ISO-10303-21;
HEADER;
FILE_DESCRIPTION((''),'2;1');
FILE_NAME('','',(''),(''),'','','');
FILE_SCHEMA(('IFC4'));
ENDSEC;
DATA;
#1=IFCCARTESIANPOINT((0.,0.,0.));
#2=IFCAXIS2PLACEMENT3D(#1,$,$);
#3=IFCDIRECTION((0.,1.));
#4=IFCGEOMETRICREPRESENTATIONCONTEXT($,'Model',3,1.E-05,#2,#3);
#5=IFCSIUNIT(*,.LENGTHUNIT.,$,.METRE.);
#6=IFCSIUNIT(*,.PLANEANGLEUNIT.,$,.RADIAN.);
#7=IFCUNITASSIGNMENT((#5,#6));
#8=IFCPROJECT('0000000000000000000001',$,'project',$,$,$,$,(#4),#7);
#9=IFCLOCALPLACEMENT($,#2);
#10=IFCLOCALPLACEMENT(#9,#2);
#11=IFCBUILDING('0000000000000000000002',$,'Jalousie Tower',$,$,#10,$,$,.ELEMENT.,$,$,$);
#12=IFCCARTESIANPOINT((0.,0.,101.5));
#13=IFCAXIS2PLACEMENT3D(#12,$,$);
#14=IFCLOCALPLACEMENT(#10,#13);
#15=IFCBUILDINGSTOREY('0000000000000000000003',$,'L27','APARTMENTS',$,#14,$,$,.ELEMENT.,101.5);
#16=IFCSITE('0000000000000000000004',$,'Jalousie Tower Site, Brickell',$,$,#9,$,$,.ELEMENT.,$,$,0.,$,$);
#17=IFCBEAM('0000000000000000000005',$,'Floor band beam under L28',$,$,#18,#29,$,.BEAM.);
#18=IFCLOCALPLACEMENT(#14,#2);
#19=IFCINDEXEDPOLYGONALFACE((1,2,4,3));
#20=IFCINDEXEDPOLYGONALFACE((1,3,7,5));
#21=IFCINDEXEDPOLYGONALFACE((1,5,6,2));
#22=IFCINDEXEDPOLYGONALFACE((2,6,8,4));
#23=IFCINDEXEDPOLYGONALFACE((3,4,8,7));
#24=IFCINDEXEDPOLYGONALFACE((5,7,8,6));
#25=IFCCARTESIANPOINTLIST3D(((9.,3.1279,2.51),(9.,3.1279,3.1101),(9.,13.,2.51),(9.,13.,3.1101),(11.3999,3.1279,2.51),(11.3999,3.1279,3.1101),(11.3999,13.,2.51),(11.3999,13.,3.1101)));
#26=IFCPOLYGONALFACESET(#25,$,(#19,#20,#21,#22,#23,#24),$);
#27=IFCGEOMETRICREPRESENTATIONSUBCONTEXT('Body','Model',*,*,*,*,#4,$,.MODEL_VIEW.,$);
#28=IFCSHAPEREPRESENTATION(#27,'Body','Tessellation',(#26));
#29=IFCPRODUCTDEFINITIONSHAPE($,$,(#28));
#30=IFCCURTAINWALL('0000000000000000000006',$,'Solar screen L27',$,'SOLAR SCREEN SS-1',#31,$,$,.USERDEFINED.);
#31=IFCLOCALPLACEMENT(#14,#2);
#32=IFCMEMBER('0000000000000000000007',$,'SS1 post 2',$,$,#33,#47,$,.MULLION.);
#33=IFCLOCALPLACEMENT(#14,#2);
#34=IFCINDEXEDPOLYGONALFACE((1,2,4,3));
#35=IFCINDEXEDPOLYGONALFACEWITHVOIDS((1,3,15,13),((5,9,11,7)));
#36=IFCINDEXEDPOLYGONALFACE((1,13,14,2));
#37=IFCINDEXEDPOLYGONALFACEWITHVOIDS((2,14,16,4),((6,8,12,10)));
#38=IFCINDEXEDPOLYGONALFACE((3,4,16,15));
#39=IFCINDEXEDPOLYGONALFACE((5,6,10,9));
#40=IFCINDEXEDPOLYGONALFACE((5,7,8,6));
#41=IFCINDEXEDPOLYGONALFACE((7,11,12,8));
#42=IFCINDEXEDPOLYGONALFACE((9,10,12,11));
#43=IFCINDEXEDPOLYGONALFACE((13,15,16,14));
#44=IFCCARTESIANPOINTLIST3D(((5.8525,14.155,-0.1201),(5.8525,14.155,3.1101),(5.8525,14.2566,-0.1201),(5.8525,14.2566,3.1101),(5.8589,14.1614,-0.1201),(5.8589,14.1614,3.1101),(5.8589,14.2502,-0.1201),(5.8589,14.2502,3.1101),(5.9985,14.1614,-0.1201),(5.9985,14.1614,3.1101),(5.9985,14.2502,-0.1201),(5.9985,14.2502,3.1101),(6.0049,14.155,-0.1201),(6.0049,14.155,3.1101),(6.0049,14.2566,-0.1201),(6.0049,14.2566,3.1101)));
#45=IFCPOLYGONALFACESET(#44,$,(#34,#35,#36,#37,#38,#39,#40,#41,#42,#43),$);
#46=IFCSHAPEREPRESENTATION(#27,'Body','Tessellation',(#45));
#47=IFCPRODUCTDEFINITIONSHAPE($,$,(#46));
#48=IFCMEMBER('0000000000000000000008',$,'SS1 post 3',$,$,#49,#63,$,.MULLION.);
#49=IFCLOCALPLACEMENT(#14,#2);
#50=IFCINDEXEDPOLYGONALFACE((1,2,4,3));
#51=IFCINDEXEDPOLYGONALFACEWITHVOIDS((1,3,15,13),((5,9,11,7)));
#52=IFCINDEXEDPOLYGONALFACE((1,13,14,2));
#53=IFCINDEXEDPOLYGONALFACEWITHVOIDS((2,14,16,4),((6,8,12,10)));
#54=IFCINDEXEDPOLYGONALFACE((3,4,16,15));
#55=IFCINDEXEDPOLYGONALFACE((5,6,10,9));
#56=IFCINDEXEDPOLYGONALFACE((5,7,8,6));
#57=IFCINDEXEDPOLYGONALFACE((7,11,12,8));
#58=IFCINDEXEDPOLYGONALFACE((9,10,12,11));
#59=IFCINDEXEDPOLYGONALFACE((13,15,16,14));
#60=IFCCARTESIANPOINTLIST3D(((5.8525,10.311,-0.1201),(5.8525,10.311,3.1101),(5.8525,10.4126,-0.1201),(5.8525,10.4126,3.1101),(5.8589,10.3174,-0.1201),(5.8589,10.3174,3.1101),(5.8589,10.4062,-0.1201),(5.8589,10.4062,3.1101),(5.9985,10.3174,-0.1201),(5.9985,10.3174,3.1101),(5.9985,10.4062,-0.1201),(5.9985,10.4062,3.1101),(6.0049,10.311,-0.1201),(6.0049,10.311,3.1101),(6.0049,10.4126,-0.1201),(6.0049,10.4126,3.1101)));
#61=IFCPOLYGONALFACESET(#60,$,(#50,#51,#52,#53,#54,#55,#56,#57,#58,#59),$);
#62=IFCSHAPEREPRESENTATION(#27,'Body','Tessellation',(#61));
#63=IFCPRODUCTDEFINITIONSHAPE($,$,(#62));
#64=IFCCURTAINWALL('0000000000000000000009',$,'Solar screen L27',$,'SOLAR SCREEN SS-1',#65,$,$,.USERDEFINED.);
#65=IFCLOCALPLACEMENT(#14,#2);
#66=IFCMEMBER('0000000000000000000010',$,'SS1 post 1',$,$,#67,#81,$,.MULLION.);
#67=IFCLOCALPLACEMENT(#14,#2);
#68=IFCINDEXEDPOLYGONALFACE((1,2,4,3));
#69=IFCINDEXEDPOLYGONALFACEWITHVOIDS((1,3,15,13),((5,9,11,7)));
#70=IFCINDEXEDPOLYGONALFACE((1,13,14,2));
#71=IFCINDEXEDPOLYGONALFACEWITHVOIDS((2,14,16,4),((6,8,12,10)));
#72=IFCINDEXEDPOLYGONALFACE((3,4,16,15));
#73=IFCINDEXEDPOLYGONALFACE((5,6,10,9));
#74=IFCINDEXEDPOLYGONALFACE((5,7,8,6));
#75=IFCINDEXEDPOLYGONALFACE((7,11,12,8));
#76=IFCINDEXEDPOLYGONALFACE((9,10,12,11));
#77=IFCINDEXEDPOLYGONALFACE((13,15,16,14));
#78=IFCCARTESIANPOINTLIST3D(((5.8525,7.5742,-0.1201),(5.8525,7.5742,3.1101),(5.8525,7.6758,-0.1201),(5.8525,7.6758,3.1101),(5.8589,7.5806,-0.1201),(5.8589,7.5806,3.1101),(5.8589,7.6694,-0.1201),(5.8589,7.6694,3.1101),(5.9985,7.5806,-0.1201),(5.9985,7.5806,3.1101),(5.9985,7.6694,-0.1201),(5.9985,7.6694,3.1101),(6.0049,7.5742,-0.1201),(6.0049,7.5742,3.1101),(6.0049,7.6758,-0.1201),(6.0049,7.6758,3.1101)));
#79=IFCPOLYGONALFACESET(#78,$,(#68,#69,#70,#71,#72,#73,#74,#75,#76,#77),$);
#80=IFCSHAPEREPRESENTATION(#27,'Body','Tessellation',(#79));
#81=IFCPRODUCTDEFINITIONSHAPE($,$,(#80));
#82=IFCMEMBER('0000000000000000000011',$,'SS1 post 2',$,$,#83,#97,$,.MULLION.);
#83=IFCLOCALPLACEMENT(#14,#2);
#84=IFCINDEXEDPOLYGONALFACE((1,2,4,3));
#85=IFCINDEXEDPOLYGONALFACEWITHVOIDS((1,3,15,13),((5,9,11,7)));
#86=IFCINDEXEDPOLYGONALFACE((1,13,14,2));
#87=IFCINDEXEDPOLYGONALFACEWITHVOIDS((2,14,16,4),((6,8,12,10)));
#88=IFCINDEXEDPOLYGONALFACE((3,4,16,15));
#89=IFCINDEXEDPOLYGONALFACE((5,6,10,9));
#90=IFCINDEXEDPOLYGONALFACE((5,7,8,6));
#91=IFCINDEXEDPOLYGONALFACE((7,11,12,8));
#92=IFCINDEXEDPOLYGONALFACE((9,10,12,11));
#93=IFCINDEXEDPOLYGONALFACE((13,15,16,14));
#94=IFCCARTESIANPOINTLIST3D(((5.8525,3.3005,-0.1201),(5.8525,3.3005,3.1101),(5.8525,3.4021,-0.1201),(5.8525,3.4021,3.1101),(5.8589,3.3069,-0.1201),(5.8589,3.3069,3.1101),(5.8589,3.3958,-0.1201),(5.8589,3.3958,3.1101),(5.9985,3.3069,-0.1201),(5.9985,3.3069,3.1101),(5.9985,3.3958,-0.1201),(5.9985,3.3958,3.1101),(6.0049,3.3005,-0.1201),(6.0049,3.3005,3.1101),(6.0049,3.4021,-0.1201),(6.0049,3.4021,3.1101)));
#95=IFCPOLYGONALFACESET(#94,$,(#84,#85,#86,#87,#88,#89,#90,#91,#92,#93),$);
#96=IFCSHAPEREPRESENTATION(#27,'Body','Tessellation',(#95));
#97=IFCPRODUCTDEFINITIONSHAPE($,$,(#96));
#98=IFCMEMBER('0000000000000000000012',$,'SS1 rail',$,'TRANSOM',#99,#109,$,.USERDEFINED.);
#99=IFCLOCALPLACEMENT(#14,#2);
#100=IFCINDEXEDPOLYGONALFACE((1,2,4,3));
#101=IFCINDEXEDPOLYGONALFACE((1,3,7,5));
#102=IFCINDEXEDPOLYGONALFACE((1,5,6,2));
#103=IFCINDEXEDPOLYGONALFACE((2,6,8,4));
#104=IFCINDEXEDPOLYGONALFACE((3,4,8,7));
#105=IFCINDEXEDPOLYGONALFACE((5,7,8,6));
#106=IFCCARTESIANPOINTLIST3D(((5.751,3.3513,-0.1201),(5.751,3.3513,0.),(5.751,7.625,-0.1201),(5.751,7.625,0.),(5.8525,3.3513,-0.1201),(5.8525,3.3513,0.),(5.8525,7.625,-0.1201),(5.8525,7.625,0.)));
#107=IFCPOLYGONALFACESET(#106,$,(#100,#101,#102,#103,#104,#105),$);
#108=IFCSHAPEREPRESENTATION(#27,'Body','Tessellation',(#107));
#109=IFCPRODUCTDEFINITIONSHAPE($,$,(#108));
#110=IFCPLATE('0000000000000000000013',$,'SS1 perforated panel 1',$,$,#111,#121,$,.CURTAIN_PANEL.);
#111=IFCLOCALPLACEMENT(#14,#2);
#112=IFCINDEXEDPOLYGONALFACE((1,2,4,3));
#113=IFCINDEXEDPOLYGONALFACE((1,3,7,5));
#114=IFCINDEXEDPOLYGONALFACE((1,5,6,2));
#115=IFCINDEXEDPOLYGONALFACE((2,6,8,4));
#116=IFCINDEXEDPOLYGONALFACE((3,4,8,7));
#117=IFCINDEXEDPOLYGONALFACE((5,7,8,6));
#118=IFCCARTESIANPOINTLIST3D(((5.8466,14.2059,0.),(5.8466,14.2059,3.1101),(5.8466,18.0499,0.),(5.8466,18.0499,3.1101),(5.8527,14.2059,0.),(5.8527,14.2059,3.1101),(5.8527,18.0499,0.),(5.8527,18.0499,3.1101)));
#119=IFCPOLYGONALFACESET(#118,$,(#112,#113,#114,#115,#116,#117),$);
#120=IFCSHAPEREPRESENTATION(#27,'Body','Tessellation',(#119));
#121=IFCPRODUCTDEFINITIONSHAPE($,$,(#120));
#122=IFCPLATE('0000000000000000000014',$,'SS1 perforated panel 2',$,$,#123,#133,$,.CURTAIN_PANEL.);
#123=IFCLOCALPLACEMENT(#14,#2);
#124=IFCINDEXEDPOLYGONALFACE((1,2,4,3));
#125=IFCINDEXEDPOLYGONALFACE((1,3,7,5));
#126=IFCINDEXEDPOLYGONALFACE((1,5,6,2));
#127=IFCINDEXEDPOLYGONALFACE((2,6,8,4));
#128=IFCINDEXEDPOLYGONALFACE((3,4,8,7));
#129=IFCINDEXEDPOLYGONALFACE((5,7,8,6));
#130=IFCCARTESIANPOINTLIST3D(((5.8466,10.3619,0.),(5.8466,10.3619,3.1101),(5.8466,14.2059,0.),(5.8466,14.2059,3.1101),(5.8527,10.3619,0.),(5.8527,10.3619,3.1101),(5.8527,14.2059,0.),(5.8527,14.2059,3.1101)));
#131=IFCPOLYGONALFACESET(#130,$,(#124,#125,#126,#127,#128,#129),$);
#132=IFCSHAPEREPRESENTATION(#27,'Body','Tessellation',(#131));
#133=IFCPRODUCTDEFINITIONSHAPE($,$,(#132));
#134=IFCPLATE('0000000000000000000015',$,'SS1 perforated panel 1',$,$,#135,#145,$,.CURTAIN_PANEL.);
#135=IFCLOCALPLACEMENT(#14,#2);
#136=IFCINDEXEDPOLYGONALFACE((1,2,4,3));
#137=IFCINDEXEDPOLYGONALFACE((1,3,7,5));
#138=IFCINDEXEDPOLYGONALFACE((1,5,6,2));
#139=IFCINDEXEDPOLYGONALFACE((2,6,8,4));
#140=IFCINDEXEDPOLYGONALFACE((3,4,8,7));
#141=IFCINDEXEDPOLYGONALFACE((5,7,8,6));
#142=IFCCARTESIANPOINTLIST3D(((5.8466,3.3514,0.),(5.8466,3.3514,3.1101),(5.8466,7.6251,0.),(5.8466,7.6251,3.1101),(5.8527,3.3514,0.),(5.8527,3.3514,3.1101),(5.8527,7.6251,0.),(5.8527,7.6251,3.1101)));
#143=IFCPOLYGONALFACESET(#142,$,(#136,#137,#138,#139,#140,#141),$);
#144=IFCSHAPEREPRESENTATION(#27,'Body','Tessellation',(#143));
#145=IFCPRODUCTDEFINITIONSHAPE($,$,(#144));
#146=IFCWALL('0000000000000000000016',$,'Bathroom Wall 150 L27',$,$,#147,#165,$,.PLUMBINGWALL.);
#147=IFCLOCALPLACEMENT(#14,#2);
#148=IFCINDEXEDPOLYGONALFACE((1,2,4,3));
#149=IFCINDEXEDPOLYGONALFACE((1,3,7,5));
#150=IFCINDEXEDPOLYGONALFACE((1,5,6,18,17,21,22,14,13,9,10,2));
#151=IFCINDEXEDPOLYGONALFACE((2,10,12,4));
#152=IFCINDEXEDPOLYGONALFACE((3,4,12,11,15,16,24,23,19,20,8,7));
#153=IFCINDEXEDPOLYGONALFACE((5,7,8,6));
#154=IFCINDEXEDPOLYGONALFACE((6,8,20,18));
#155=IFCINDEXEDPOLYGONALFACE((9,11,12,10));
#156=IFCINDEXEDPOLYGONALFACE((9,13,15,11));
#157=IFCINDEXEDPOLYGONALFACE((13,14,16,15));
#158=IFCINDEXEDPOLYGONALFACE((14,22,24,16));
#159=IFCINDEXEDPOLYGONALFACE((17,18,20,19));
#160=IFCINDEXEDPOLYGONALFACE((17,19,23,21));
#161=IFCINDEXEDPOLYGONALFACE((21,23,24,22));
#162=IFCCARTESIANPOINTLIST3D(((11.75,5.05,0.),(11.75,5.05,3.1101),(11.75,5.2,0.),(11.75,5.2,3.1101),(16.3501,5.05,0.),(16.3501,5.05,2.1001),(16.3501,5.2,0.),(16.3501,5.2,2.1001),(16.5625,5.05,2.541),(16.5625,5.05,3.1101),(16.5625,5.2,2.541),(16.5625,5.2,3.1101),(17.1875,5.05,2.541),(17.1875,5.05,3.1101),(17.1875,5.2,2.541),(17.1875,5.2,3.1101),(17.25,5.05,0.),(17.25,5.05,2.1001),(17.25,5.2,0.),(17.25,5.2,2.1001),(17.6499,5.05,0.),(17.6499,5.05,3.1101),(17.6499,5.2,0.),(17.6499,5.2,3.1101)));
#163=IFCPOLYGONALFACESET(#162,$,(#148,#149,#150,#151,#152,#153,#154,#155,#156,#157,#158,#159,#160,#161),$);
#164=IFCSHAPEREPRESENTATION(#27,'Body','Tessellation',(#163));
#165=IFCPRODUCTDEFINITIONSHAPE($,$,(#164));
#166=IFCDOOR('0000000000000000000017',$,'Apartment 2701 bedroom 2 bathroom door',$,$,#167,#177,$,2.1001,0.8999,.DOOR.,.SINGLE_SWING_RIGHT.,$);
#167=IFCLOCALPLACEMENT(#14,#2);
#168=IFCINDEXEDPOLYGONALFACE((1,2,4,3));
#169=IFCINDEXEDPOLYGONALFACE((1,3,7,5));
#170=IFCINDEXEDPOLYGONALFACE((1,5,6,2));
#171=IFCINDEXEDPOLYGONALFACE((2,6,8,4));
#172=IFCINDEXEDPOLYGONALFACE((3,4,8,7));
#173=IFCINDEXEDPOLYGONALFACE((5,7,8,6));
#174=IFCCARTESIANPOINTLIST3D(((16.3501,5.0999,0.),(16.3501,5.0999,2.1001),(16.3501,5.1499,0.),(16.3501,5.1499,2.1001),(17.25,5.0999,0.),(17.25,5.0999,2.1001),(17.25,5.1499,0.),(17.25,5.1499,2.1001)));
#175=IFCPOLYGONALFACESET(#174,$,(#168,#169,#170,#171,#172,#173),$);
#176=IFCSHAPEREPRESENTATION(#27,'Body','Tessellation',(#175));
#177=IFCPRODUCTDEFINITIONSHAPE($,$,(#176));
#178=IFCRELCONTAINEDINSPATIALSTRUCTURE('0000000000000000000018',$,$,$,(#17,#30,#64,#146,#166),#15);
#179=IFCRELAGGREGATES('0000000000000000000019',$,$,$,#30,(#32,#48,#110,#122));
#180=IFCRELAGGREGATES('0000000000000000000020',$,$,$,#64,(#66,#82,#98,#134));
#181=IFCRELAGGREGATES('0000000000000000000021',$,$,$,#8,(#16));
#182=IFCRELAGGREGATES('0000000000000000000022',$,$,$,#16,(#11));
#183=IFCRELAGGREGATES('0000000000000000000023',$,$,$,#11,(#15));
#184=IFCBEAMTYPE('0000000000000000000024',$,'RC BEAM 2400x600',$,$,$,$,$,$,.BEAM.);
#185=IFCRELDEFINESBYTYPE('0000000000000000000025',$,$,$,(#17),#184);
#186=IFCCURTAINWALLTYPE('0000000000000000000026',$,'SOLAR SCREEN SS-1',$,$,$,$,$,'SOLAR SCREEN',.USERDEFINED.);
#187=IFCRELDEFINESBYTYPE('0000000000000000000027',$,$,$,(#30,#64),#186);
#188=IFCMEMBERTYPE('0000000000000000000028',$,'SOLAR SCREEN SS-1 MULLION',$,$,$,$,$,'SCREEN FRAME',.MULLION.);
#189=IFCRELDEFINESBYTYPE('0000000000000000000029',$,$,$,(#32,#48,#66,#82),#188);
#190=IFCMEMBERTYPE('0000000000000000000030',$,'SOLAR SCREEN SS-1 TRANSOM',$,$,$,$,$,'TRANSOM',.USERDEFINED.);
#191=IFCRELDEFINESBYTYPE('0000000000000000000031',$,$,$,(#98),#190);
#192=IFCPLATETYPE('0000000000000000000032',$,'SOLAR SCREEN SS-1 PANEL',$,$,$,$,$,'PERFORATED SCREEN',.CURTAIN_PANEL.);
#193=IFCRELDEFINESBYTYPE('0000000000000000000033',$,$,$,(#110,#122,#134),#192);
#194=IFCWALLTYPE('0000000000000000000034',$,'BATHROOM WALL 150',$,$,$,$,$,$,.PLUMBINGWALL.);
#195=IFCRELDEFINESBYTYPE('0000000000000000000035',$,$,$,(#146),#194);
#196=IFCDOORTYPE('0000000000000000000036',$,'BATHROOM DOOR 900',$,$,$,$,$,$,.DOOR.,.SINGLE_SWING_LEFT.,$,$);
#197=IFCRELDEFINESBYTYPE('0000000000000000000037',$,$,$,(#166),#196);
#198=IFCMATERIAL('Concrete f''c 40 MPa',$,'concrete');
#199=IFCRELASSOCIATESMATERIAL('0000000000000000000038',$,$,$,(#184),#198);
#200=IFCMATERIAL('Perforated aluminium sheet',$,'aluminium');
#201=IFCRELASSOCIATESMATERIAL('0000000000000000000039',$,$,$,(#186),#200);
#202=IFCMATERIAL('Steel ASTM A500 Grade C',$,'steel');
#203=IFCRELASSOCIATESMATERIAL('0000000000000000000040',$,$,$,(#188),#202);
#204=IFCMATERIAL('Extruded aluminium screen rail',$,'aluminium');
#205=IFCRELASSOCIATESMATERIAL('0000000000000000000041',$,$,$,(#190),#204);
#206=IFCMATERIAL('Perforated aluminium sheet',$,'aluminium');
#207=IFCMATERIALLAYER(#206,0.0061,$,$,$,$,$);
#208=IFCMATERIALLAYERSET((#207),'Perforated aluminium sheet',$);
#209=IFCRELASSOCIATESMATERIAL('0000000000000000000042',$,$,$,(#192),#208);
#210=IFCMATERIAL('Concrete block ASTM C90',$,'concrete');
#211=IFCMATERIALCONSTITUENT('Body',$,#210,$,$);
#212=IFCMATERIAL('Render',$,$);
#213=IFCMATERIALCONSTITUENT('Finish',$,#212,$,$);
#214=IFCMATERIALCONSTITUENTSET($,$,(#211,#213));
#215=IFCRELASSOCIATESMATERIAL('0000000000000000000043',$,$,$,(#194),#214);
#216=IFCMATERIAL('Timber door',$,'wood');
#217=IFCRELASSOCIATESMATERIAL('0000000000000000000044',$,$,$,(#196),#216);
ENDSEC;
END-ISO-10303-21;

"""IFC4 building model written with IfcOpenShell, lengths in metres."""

from ifc_helpers import new_model, si_unit, direction, frame, frame_2d, origin, origin_2d, place, context, subcontext, project, spatial, polyline, rectangle, hollow_rectangle, outline, extrude, material, layer, layer_set, constituent, constituent_set, material_profile, profile_set, type_object, element, fill, aggregate, save


model = new_model("IFC4")

# Units and contexts
model_context = context("Model", 3, precision=1e-05, world=origin(), true_north=direction((0.0, 1.0)))
body_context = subcontext(model_context, "Body", "Model", "MODEL_VIEW")
ifc_project = project(units=[si_unit("LENGTHUNIT", "METRE"), si_unit("PLANEANGLEUNIT", "RADIAN")], contexts=[model_context])

# Site, building, storey
site_placement = place(None, origin())
site = spatial("IfcSite", under=ifc_project, at=site_placement, Name="Jalousie Tower Site, Brickell", CompositionType="ELEMENT", RefElevation=0.0)
building_placement = place(site_placement, origin())
building = spatial("IfcBuilding", under=site, at=building_placement, Name="Jalousie Tower", CompositionType="ELEMENT")
storey_placement = place(building_placement, frame((0.0, 0.0, 101.5)))
storey = spatial("IfcBuildingStorey", under=building, at=storey_placement, Name="L27", Description="APARTMENTS", CompositionType="ELEMENT", Elevation=101.5)

# Beam
ifc_material_1 = material(Name="Concrete f'c 40 MPa", Category="concrete")
ifc_material_profile_1 = material_profile(ifc_material_1, rectangle(XDim=2.3999, YDim=0.6001, at=origin_2d()), Name="RC 2400x600")
ifc_profile_set_1 = profile_set([ifc_material_profile_1], Name="Concrete f'c 40 MPa")
beam_type_1 = type_object("IfcBeamType", Name="RC BEAM 2400x600", PredefinedType="BEAM", material=ifc_profile_set_1)
beam_1_placement = place(storey_placement, frame((10.2, 13.0, 2.8101), z_axis=(0.0, -1.0, 0.0), x_axis=(1.0, 0.0, 0.0)))
element("IfcBeam", 1, at=beam_1_placement, inside=storey, type_object=beam_type_1, Name="Floor band beam under L28", PredefinedType="BEAM", context=body_context, shape_type="SweptSolid", body=[
    extrude(rectangle(XDim=2.3999, YDim=0.6001, at=origin_2d()), origin(), (0.0, 0.0, 1.0), 9.8721),
])

# Curtain walls, members
ifc_material_2 = material(Name="Perforated aluminium sheet", Category="aluminium")
curtain_wall_type = type_object("IfcCurtainWallType", Name="SOLAR SCREEN SS-1", ElementType="SOLAR SCREEN", PredefinedType="USERDEFINED", material=ifc_material_2)
curtain_wall_1_placement = place(storey_placement, origin())
curtain_wall_1 = element("IfcCurtainWall", 2, at=curtain_wall_1_placement, inside=storey, type_object=curtain_wall_type, Name="Solar screen L27", ObjectType="SOLAR SCREEN SS-1", PredefinedType="USERDEFINED")
ifc_material_3 = material(Name="Steel ASTM A500 Grade C", Category="steel")
ifc_material_profile_2 = material_profile(ifc_material_3, hollow_rectangle(XDim=0.1016, YDim=0.1523, WallThickness=0.0063, at=origin_2d()), Name="HSS6X4X1/4")
ifc_profile_set_2 = profile_set([ifc_material_profile_2], Name="Steel ASTM A500 Grade C")
member_type_1 = type_object("IfcMemberType", Name="SOLAR SCREEN SS-1 MULLION", ElementType="SCREEN FRAME", PredefinedType="MULLION", material=ifc_profile_set_2)
member_1_placement = place(storey_placement, frame((5.9287, 14.2058, -0.1201), z_axis=(0.0, 0.0, 1.0), x_axis=(0.0, -1.0, 0.0)))
member_1 = element("IfcMember", 3, at=member_1_placement, type_object=member_type_1, Name="SS1 post 2", PredefinedType="MULLION", context=body_context, shape_type="SweptSolid", body=[
    extrude(hollow_rectangle(XDim=0.1016, YDim=0.1523, WallThickness=0.0063, at=origin_2d()), origin(), (0.0, 0.0, 1.0), 3.2302),
])
member_2_placement = place(storey_placement, frame((5.9287, 10.3618, -0.1201), z_axis=(0.0, 0.0, 1.0), x_axis=(0.0, -1.0, 0.0)))
member_2 = element("IfcMember", 4, at=member_2_placement, type_object=member_type_1, Name="SS1 post 3", PredefinedType="MULLION", context=body_context, shape_type="SweptSolid", body=[
    extrude(hollow_rectangle(XDim=0.1016, YDim=0.1523, WallThickness=0.0063, at=origin_2d()), origin(), (0.0, 0.0, 1.0), 3.2302),
])
curtain_wall_2_placement = place(storey_placement, origin())
curtain_wall_2 = element("IfcCurtainWall", 5, at=curtain_wall_2_placement, inside=storey, type_object=curtain_wall_type, Name="Solar screen L27", ObjectType="SOLAR SCREEN SS-1", PredefinedType="USERDEFINED")
member_3_placement = place(storey_placement, frame((5.9287, 7.625, -0.1201), z_axis=(0.0, 0.0, 1.0), x_axis=(0.0, -1.0, 0.0)))
member_3 = element("IfcMember", 6, at=member_3_placement, type_object=member_type_1, Name="SS1 post 1", PredefinedType="MULLION", context=body_context, shape_type="SweptSolid", body=[
    extrude(hollow_rectangle(XDim=0.1016, YDim=0.1523, WallThickness=0.0063, at=origin_2d()), origin(), (0.0, 0.0, 1.0), 3.2302),
])
member_4_placement = place(storey_placement, frame((5.9287, 3.3513, -0.1201), z_axis=(0.0, 0.0, 1.0), x_axis=(0.0, -1.0, 0.0)))
member_4 = element("IfcMember", 7, at=member_4_placement, type_object=member_type_1, Name="SS1 post 2", PredefinedType="MULLION", context=body_context, shape_type="SweptSolid", body=[
    extrude(hollow_rectangle(XDim=0.1016, YDim=0.1523, WallThickness=0.0063, at=origin_2d()), origin(), (0.0, 0.0, 1.0), 3.2302),
])
ifc_material_4 = material(Name="Extruded aluminium screen rail", Category="aluminium")
ifc_material_profile_3 = material_profile(ifc_material_4, rectangle(XDim=0.1016, YDim=0.1201, at=origin_2d()), Name="RAIL 102x120")
ifc_profile_set_3 = profile_set([ifc_material_profile_3], Name="Extruded aluminium screen rail")
member_type_2 = type_object("IfcMemberType", Name="SOLAR SCREEN SS-1 TRANSOM", ElementType="TRANSOM", PredefinedType="USERDEFINED", material=ifc_profile_set_3)
member_5_placement = place(storey_placement, frame((5.8018, 7.625, -0.0601), z_axis=(0.0, -1.0, 0.0), x_axis=(1.0, 0.0, 0.0)))
member_5 = element("IfcMember", 8, at=member_5_placement, type_object=member_type_2, Name="SS1 rail", ObjectType="TRANSOM", PredefinedType="USERDEFINED", context=body_context, shape_type="SweptSolid", body=[
    extrude(rectangle(XDim=0.1016, YDim=0.1201, at=origin_2d()), origin(), (0.0, 0.0, 1.0), 4.2737),
])

# Plates
ifc_material_5 = material(Name="Perforated aluminium sheet", Category="aluminium")
ifc_layer_1 = layer(ifc_material_5, 0.0061)
ifc_layer_set_1 = layer_set([ifc_layer_1], Name="Perforated aluminium sheet")
plate_type = type_object("IfcPlateType", Name="SOLAR SCREEN SS-1 PANEL", ElementType="PERFORATED SCREEN", PredefinedType="CURTAIN_PANEL", material=ifc_layer_set_1)
plate_1_placement = place(storey_placement, frame((5.8496, 16.1279, 0.0), z_axis=(0.0, 0.0, 1.0), x_axis=(0.0, -1.0, 0.0)))
plate_1 = element("IfcPlate", 9, at=plate_1_placement, type_object=plate_type, Name="SS1 perforated panel 1", PredefinedType="CURTAIN_PANEL", context=body_context, shape_type="SweptSolid", body=[
    extrude(rectangle(XDim=3.844, YDim=0.0061, at=origin_2d()), origin(), (0.0, 0.0, 1.0), 3.1101),
])
plate_2_placement = place(storey_placement, frame((5.8496, 12.2839, 0.0), z_axis=(0.0, 0.0, 1.0), x_axis=(0.0, -1.0, 0.0)))
plate_2 = element("IfcPlate", 10, at=plate_2_placement, type_object=plate_type, Name="SS1 perforated panel 2", PredefinedType="CURTAIN_PANEL", context=body_context, shape_type="SweptSolid", body=[
    extrude(rectangle(XDim=3.844, YDim=0.0061, at=origin_2d()), origin(), (0.0, 0.0, 1.0), 3.1101),
])
aggregate(curtain_wall_1, [member_1, member_2, plate_1, plate_2])
plate_3_placement = place(storey_placement, frame((5.8496, 5.4883, 0.0), z_axis=(0.0, 0.0, 1.0), x_axis=(0.0, -1.0, 0.0)))
plate_3 = element("IfcPlate", 11, at=plate_3_placement, type_object=plate_type, Name="SS1 perforated panel 1", PredefinedType="CURTAIN_PANEL", context=body_context, shape_type="SweptSolid", body=[
    extrude(rectangle(XDim=4.2737, YDim=0.0061, at=origin_2d()), origin(), (0.0, 0.0, 1.0), 3.1101),
])
aggregate(curtain_wall_2, [member_3, member_4, member_5, plate_3])

# Wall, opening, door
ifc_material_6 = material(Name="Concrete block ASTM C90", Category="concrete")
ifc_constituent_1 = constituent(ifc_material_6, Name="Body")
ifc_material_7 = material(Name="Render")
ifc_constituent_2 = constituent(ifc_material_7, Name="Finish")
ifc_constituent_set_1 = constituent_set(constituents=[ifc_constituent_1, ifc_constituent_2])
wall_type_1 = type_object("IfcWallType", Name="BATHROOM WALL 150", PredefinedType="PLUMBINGWALL", material=ifc_constituent_set_1)
wall_1_placement = place(storey_placement, frame((11.75, 5.125, 0.0), z_axis=(0.0, 0.0, 1.0), x_axis=(1.0, 0.0, 0.0)))
wall_1 = element("IfcWall", 12, at=wall_1_placement, inside=storey, type_object=wall_type_1, Name="Bathroom Wall 150 L27", PredefinedType="PLUMBINGWALL", context=body_context, shape_type="SweptSolid", body=[
    extrude(outline(polyline([(0.0, 0.0), (5.8999, 0.0), (5.8999, 3.1101), (5.4375, 3.1101), (5.4375, 2.541), (4.8125, 2.541), (4.8125, 3.1101), (0.0, 3.1101), (0.0, 0.0)])), frame((0.0, 0.075, 0.0), z_axis=(0.0, -1.0, 0.0), x_axis=(1.0, 0.0, 0.0)), (0.0, 0.0, 1.0), 0.1499),
])
opening_1_placement = place(wall_1_placement, frame((4.6001, 0.0, 0.0)))
opening_1 = element("IfcOpeningElement", 13, at=opening_1_placement, cuts=wall_1, PredefinedType="OPENING", context=body_context, shape_type="SweptSolid", body=[
    extrude(rectangle(XDim=0.8999, YDim=2.1001, at=frame_2d((0.45, 1.05))), frame((0.0, 0.085, 0.0), z_axis=(0.0, -1.0, 0.0), x_axis=(1.0, 0.0, 0.0)), (0.0, 0.0, 1.0), 0.1699),
])
ifc_material_8 = material(Name="Timber door", Category="wood")
door_type_1 = type_object("IfcDoorType", Name="BATHROOM DOOR 900", OperationType="SINGLE_SWING_LEFT", PredefinedType="DOOR", material=ifc_material_8)
door_1_placement = place(opening_1_placement, origin())
door_1 = element("IfcDoor", 14, at=door_1_placement, inside=storey, type_object=door_type_1, Name="Apartment 2701 bedroom 2 bathroom door", OperationType="SINGLE_SWING_RIGHT", OverallHeight=2.1001, OverallWidth=0.8999, PredefinedType="DOOR", context=body_context, shape_type="SweptSolid", body=[
    extrude(rectangle(XDim=0.8999, YDim=2.1001, at=frame_2d((0.45, 1.05))), frame((0.0, 0.0249, 0.0), z_axis=(0.0, -1.0, 0.0), x_axis=(1.0, 0.0, 0.0)), (0.0, 0.0, 1.0), 0.05),
])
fill(opening_1, door_1)

save(model, "model.ifc")
